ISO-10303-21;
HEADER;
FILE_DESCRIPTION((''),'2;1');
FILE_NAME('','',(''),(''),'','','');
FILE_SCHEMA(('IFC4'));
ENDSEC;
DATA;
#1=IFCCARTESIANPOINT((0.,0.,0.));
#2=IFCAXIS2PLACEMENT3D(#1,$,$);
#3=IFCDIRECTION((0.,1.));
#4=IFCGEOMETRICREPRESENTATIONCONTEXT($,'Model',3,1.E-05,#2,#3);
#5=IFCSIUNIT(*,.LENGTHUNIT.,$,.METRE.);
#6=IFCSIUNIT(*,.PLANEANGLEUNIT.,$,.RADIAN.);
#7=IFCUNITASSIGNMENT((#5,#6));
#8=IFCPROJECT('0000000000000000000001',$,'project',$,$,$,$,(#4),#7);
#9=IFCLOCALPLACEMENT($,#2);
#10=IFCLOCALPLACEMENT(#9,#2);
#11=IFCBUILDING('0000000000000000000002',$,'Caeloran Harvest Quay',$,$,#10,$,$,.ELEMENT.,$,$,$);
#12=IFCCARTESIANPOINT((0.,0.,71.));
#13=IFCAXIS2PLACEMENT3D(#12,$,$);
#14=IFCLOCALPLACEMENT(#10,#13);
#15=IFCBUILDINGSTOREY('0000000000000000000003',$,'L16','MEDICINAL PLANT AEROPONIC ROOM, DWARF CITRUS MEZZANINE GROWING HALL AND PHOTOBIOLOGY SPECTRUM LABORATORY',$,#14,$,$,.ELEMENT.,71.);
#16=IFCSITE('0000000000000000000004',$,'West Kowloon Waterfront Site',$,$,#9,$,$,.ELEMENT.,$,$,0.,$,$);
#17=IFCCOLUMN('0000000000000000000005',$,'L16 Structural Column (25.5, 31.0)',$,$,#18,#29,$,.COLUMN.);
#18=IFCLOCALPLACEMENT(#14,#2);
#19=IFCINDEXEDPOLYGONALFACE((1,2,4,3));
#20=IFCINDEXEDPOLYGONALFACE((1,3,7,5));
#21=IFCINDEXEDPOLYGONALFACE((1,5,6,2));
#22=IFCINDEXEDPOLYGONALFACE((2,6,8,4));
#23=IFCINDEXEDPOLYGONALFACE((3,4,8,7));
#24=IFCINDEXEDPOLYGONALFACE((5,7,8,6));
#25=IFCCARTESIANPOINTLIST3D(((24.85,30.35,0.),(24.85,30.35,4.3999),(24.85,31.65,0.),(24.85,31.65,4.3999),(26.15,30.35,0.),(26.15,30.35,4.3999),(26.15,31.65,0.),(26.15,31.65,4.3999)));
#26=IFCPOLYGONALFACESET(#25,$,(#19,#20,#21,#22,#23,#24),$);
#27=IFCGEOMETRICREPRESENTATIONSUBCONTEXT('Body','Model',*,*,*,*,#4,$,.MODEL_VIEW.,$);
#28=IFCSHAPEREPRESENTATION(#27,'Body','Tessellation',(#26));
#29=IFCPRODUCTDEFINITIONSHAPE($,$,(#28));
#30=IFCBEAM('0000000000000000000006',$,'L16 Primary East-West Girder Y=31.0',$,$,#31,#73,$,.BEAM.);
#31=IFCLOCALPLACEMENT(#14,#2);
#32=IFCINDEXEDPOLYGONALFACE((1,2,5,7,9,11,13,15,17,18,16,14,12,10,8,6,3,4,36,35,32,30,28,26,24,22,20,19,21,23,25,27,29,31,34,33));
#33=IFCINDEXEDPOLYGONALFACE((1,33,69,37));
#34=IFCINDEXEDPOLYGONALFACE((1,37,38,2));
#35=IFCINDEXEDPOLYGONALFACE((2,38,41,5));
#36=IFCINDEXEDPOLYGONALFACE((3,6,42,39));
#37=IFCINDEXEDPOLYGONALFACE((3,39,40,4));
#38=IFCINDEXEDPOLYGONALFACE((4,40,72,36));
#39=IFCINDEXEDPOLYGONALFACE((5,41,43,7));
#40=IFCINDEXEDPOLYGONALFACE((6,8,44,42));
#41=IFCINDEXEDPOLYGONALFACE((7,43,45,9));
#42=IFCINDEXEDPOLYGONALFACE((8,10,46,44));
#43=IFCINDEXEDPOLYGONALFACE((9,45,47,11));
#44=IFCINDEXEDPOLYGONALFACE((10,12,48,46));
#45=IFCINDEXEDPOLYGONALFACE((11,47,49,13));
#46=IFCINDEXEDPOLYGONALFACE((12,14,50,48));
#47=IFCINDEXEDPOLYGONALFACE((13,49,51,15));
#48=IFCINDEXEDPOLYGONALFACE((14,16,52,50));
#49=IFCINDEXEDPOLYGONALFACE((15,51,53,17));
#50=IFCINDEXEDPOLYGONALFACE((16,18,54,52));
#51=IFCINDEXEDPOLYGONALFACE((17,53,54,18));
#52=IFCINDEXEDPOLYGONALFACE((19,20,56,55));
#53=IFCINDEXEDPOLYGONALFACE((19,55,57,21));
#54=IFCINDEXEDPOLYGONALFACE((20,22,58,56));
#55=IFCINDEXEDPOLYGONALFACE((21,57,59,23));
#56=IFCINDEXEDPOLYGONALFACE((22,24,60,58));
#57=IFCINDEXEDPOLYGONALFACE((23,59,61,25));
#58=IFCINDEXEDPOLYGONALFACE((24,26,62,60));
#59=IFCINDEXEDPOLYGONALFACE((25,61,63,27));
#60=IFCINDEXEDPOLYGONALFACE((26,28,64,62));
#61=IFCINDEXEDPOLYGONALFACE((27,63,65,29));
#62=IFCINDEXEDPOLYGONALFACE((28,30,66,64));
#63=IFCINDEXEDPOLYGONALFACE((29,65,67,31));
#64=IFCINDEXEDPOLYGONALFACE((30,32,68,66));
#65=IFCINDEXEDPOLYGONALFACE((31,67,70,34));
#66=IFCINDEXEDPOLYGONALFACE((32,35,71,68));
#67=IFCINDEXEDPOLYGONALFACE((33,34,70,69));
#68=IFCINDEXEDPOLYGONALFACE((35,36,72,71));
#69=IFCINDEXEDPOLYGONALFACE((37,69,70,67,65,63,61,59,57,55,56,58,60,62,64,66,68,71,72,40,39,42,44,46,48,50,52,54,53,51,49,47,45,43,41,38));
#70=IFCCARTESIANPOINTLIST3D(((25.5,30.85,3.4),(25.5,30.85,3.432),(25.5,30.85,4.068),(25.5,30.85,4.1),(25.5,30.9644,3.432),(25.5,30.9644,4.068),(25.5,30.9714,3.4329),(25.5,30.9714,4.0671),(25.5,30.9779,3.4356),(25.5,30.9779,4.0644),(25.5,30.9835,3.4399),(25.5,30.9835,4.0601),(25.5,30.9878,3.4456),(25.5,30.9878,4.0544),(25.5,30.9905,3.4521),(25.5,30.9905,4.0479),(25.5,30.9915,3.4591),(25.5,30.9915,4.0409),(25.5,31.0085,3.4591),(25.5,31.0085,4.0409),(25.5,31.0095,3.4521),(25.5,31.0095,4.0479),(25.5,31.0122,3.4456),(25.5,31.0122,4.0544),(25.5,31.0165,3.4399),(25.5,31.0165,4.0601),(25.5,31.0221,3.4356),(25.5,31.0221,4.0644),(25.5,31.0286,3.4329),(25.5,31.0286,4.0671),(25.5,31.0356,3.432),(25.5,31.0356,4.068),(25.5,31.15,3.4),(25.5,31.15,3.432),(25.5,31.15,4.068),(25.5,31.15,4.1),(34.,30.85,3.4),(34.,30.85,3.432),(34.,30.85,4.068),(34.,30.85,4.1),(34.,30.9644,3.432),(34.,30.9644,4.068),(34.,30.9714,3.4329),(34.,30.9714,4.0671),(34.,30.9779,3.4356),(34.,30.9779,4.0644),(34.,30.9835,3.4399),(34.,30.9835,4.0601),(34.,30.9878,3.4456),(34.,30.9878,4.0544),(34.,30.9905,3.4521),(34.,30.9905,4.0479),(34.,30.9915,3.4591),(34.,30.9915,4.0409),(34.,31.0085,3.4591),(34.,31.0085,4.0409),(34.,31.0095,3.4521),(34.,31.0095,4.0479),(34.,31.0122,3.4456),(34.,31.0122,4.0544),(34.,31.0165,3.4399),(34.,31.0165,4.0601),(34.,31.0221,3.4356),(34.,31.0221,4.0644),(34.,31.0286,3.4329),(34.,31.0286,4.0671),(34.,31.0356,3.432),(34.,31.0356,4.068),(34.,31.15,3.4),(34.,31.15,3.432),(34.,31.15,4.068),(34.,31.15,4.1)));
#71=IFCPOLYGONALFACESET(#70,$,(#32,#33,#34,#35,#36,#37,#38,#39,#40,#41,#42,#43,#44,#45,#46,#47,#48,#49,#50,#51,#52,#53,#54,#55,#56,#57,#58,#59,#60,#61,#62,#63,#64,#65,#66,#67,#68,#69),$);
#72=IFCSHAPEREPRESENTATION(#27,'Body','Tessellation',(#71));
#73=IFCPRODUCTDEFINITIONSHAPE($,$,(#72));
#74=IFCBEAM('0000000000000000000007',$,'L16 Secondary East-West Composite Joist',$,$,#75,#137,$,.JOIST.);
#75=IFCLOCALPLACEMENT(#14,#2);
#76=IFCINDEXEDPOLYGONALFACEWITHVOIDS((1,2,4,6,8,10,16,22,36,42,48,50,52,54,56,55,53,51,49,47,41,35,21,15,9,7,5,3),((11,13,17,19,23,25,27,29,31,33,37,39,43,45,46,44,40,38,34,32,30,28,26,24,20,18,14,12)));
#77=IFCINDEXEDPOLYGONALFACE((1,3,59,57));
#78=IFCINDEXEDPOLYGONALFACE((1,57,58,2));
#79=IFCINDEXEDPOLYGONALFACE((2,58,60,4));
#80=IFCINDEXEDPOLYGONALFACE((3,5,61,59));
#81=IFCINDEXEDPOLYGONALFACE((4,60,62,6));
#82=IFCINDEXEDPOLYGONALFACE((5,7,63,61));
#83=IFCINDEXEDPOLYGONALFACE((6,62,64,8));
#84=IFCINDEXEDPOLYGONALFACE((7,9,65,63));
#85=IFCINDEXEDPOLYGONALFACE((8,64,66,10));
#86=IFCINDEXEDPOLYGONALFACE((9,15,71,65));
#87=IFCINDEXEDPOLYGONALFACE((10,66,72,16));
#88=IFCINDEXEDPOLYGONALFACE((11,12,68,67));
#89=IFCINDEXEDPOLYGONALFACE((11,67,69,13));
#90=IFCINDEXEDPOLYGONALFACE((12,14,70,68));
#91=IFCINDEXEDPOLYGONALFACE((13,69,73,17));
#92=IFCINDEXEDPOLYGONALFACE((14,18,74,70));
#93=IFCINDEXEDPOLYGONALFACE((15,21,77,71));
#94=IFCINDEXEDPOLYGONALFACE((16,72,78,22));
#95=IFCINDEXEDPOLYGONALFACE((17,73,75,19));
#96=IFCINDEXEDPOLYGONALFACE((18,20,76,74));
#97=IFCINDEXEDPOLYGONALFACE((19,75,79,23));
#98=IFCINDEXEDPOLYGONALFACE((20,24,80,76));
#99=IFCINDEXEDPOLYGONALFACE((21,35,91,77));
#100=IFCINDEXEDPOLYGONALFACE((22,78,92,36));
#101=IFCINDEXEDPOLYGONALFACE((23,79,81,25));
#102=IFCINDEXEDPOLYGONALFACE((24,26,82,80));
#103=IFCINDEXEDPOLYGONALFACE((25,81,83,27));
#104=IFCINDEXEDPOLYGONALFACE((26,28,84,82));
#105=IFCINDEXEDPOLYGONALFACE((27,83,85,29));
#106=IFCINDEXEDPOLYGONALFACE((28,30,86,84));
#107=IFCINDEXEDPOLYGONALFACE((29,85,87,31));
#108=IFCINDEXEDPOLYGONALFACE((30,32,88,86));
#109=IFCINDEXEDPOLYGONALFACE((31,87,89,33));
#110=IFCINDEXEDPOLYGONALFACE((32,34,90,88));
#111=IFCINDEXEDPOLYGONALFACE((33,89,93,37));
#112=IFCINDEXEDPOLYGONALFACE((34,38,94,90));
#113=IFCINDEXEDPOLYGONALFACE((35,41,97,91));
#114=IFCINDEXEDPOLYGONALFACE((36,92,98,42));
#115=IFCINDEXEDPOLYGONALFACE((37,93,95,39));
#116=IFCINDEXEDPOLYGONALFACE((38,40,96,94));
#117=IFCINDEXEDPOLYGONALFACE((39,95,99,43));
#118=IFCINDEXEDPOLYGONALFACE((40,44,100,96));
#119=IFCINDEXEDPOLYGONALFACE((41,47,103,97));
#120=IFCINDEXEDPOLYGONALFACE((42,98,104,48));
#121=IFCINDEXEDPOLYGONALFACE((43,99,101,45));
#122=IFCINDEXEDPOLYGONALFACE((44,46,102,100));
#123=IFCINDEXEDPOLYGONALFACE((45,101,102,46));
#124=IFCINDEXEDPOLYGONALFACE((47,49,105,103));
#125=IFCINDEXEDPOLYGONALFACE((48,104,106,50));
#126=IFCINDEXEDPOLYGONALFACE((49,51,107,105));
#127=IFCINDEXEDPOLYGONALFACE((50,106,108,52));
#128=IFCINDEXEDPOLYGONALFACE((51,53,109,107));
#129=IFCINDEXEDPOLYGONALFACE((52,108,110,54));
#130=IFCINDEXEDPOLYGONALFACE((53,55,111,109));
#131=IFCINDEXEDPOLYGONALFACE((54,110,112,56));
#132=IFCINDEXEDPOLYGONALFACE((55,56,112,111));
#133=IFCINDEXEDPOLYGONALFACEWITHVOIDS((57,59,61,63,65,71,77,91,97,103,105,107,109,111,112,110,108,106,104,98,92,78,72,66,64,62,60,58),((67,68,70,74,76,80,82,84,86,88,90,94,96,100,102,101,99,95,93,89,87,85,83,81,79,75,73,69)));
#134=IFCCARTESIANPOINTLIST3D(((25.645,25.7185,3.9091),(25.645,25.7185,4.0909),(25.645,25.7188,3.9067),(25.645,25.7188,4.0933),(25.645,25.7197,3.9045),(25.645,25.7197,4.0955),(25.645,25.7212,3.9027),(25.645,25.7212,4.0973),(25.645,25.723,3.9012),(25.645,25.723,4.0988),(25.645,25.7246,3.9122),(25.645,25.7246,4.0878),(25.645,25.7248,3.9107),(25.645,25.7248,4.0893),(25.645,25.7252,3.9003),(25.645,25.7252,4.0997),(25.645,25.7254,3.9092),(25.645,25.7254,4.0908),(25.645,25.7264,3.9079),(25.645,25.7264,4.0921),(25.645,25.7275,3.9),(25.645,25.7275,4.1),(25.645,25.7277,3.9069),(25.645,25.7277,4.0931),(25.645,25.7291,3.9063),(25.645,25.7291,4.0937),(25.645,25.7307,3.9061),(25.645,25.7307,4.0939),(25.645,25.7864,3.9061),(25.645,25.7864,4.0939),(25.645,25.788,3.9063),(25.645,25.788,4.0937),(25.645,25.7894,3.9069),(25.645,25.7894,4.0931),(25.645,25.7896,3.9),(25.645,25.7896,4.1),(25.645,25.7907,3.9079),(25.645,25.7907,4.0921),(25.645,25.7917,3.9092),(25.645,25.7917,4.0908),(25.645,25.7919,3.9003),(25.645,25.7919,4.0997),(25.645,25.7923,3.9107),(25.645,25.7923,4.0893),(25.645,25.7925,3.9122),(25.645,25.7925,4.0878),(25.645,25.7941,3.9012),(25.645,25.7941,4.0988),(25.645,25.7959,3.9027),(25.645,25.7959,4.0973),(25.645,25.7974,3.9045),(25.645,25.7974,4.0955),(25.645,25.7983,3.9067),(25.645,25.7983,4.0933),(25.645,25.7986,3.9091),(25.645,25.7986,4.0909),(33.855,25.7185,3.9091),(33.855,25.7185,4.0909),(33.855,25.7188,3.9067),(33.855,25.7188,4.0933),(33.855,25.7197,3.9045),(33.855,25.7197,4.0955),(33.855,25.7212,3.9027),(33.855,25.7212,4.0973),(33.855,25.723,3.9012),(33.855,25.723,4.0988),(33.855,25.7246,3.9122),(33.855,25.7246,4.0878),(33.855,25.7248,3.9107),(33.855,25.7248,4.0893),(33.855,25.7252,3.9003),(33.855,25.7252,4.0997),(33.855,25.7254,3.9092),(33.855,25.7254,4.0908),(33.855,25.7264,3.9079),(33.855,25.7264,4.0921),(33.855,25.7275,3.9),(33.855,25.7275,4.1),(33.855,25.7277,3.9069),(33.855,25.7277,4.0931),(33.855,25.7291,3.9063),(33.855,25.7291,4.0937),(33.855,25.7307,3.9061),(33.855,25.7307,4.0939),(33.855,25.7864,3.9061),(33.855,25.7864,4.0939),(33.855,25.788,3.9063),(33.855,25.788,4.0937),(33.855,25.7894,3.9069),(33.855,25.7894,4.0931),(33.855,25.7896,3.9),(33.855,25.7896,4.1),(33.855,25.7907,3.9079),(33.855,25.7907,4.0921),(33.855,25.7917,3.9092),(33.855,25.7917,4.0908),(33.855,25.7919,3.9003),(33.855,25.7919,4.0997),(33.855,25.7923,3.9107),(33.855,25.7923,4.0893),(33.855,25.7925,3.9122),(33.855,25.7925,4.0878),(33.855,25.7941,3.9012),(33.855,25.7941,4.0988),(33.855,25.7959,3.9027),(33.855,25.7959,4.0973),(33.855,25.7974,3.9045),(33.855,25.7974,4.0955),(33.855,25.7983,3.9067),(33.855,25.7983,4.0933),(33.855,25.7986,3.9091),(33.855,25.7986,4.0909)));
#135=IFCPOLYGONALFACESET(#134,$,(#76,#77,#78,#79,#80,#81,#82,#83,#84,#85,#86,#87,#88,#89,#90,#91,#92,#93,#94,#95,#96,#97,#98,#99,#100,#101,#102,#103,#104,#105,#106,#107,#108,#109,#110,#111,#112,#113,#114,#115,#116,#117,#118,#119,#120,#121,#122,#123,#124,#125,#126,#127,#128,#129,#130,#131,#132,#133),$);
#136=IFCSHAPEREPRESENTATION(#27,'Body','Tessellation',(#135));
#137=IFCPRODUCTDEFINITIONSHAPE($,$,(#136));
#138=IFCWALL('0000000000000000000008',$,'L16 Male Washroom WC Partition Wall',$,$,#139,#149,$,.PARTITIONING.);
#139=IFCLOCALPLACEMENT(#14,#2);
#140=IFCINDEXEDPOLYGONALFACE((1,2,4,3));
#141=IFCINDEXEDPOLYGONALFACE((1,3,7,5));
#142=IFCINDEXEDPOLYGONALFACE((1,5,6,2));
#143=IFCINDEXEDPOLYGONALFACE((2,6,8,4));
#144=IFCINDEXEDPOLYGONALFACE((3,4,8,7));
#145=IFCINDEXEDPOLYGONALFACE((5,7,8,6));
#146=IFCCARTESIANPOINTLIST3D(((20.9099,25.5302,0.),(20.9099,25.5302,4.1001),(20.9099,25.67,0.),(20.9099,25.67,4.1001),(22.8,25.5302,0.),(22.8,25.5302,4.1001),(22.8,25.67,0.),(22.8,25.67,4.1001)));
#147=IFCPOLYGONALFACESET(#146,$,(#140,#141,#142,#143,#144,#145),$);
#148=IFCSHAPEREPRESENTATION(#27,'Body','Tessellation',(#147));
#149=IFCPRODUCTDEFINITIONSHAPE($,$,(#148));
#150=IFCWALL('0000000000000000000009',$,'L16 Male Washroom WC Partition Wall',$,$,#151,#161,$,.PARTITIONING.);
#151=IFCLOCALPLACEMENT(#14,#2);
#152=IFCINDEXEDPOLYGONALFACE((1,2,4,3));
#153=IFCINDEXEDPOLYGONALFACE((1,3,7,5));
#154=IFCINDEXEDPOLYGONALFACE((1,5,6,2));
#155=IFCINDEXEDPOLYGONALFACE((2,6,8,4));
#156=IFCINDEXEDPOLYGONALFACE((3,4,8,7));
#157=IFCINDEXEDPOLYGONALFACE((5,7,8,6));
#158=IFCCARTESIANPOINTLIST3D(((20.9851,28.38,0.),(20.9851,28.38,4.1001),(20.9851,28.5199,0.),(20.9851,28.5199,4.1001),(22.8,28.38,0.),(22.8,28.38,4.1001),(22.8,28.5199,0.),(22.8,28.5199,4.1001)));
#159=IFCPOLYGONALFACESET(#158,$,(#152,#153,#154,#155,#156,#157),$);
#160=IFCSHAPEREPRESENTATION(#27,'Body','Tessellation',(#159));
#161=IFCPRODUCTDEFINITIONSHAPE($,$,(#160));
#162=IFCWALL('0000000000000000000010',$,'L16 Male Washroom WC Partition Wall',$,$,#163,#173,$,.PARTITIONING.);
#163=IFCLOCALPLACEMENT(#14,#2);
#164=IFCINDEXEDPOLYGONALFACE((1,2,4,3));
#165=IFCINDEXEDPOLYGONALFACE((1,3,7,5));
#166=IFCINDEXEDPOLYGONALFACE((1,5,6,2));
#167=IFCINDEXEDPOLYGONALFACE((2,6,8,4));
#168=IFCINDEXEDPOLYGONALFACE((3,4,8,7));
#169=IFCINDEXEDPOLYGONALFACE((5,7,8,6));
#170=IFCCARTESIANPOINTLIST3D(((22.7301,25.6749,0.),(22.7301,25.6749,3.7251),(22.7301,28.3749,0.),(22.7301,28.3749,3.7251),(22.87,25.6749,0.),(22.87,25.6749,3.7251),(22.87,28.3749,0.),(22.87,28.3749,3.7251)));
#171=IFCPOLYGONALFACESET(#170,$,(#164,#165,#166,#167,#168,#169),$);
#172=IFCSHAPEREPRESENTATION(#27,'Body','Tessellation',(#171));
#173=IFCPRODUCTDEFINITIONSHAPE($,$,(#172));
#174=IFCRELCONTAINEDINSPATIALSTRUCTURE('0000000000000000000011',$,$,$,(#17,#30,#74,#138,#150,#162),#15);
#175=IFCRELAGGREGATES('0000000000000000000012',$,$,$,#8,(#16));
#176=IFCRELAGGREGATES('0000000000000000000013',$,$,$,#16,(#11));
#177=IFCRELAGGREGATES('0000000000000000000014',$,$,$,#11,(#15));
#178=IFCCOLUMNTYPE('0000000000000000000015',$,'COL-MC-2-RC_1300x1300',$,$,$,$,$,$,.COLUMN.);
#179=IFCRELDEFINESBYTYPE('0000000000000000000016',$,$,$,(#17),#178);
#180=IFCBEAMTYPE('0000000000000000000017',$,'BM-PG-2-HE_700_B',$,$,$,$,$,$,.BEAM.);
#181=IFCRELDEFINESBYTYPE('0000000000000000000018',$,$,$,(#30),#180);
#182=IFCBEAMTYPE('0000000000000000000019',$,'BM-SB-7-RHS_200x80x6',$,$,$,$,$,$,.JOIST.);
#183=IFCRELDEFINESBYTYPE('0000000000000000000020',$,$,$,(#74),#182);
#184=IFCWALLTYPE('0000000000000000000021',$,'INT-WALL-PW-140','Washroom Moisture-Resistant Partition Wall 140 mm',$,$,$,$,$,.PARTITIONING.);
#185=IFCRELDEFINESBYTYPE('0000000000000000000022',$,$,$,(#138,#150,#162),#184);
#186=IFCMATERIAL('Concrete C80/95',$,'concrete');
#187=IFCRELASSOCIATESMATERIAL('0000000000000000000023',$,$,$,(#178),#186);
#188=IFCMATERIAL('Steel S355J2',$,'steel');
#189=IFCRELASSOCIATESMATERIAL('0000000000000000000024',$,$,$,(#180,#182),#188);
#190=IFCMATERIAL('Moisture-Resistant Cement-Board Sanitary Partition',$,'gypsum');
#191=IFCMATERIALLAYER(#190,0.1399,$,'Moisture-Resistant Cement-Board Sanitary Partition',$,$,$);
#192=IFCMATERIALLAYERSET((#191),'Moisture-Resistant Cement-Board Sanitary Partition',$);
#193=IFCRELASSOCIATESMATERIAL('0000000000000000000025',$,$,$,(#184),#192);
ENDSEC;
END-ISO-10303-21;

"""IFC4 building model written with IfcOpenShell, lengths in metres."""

from ifc_helpers import new_model, si_unit, direction, frame, frame_2d, origin, origin_2d, place, context, subcontext, project, spatial, rectangle, hollow_rectangle, i_section, extrude, material, layer, layer_set, material_profile, profile_set, type_object, element, save


model = new_model("IFC4")

# Units and contexts
model_context = context("Model", 3, precision=1e-05, world=origin(), true_north=direction((0.0, 1.0)))
body_context = subcontext(model_context, "Body", "Model", "MODEL_VIEW")
ifc_project = project(units=[si_unit("LENGTHUNIT", "METRE"), si_unit("PLANEANGLEUNIT", "RADIAN")], contexts=[model_context])

# Site, building, storey
site_placement = place(None, origin())
site = spatial("IfcSite", under=ifc_project, at=site_placement, Name="West Kowloon Waterfront Site", CompositionType="ELEMENT", RefElevation=0.0)
building_placement = place(site_placement, origin())
building = spatial("IfcBuilding", under=site, at=building_placement, Name="Caeloran Harvest Quay", CompositionType="ELEMENT")
storey_placement = place(building_placement, frame((0.0, 0.0, 71.0)))
storey = spatial("IfcBuildingStorey", under=building, at=storey_placement, Name="L16", Description="MEDICINAL PLANT AEROPONIC ROOM, DWARF CITRUS MEZZANINE GROWING HALL AND PHOTOBIOLOGY SPECTRUM LABORATORY", CompositionType="ELEMENT", Elevation=71.0)

# Column
ifc_material_1 = material(Name="Concrete C80/95", Category="concrete")
ifc_material_profile_1 = material_profile(ifc_material_1, rectangle(XDim=1.3, YDim=1.3, at=origin_2d()), Name="RC 1300x1300")
ifc_profile_set_1 = profile_set([ifc_material_profile_1], Name="Concrete C80/95")
column_type = type_object("IfcColumnType", Name="COL-MC-2-RC_1300x1300", PredefinedType="COLUMN", material=ifc_profile_set_1)
column_placement = place(storey_placement, frame((25.5, 31.0, 0.0), z_axis=(0.0, 0.0, 1.0), x_axis=(1.0, 0.0, 0.0)))
element("IfcColumn", 1, at=column_placement, inside=storey, type_object=column_type, Name="L16 Structural Column (25.5, 31.0)", PredefinedType="COLUMN", context=body_context, shape_type="SweptSolid", body=[
    extrude(rectangle(XDim=1.3, YDim=1.3, at=origin_2d()), origin(), (0.0, 0.0, 1.0), 4.3999),
])

# Beams
ifc_material_2 = material(Name="Steel S355J2", Category="steel")
ifc_material_profile_2 = material_profile(ifc_material_2, i_section(OverallWidth=0.3, OverallDepth=0.7, WebThickness=0.0171, FlangeThickness=0.032, FilletRadius=0.0271, at=origin_2d()), Name="HE 700 B")
ifc_profile_set_2 = profile_set([ifc_material_profile_2], Name="Steel S355J2")
beam_type_1 = type_object("IfcBeamType", Name="BM-PG-2-HE_700_B", PredefinedType="BEAM", material=ifc_profile_set_2)
beam_1_placement = place(storey_placement, frame((25.5, 31.0, 3.75), z_axis=(1.0, 0.0, 0.0), x_axis=(0.0, 1.0, 0.0)))
element("IfcBeam", 2, at=beam_1_placement, inside=storey, type_object=beam_type_1, Name="L16 Primary East-West Girder Y=31.0", PredefinedType="BEAM", context=body_context, shape_type="SweptSolid", body=[
    extrude(i_section(OverallWidth=0.3, OverallDepth=0.7, WebThickness=0.0171, FlangeThickness=0.032, FilletRadius=0.0271, at=origin_2d()), origin(), (0.0, 0.0, 1.0), 8.5),
])
ifc_material_profile_3 = material_profile(ifc_material_2, hollow_rectangle(XDim=0.0801, YDim=0.2, WallThickness=0.0061, InnerFilletRadius=0.0061, OuterFilletRadius=0.009, at=origin_2d()), Name="RHS 200x80x6")
ifc_profile_set_3 = profile_set([ifc_material_profile_3], Name="Steel S355J2")
beam_type_2 = type_object("IfcBeamType", Name="BM-SB-7-RHS_200x80x6", PredefinedType="JOIST", material=ifc_profile_set_3)
beam_2_placement = place(storey_placement, frame((25.645, 25.7585, 4.0), z_axis=(1.0, 0.0, 0.0), x_axis=(0.0, 1.0, 0.0)))
element("IfcBeam", 3, at=beam_2_placement, inside=storey, type_object=beam_type_2, Name="L16 Secondary East-West Composite Joist", PredefinedType="JOIST", context=body_context, shape_type="SweptSolid", body=[
    extrude(hollow_rectangle(XDim=0.0801, YDim=0.2, WallThickness=0.0061, InnerFilletRadius=0.0061, OuterFilletRadius=0.009, at=origin_2d()), origin(), (0.0, 0.0, 1.0), 8.21),
])

# Wall
ifc_material_3 = material(Name="Moisture-Resistant Cement-Board Sanitary Partition", Category="gypsum")
ifc_layer_1 = layer(ifc_material_3, 0.1399, Name="Moisture-Resistant Cement-Board Sanitary Partition")
ifc_layer_set_1 = layer_set([ifc_layer_1], Name="Moisture-Resistant Cement-Board Sanitary Partition")
wall_type_1 = type_object("IfcWallType", Name="INT-WALL-PW-140", Description="Washroom Moisture-Resistant Partition Wall 140 mm", PredefinedType="PARTITIONING", material=ifc_layer_set_1)
wall_1_placement = place(storey_placement, frame((22.8, 25.6001, 0.0), z_axis=(0.0, 0.0, 1.0), x_axis=(-1.0, 0.0, 0.0)))
element("IfcWall", 4, at=wall_1_placement, inside=storey, type_object=wall_type_1, Name="L16 Male Washroom WC Partition Wall", PredefinedType="PARTITIONING", context=body_context, shape_type="SweptSolid", body=[
    extrude(rectangle(XDim=1.8901, YDim=0.1399, at=frame_2d((0.9451, 0.0))), origin(), (0.0, 0.0, 1.0), 4.1001),
])

# Walls
wall_2_placement = place(storey_placement, frame((20.9851, 28.45, 0.0), z_axis=(0.0, 0.0, 1.0), x_axis=(1.0, 0.0, 0.0)))
element("IfcWall", 5, at=wall_2_placement, inside=storey, type_object=wall_type_1, Name="L16 Male Washroom WC Partition Wall", PredefinedType="PARTITIONING", context=body_context, shape_type="SweptSolid", body=[
    extrude(rectangle(XDim=1.8149, YDim=0.1399, at=frame_2d((0.9075, 0.0))), origin(), (0.0, 0.0, 1.0), 4.1001),
])
wall_3_placement = place(storey_placement, frame((22.8, 28.375, 0.0), z_axis=(0.0, 0.0, 1.0), x_axis=(0.0, -1.0, 0.0)))
element("IfcWall", 6, at=wall_3_placement, inside=storey, type_object=wall_type_1, Name="L16 Male Washroom WC Partition Wall", PredefinedType="PARTITIONING", context=body_context, shape_type="SweptSolid", body=[
    extrude(rectangle(XDim=2.7, YDim=0.1399, at=frame_2d((1.3501, 0.0))), origin(), (0.0, 0.0, 1.0), 3.7251),
])

save(model, "model.ifc")
